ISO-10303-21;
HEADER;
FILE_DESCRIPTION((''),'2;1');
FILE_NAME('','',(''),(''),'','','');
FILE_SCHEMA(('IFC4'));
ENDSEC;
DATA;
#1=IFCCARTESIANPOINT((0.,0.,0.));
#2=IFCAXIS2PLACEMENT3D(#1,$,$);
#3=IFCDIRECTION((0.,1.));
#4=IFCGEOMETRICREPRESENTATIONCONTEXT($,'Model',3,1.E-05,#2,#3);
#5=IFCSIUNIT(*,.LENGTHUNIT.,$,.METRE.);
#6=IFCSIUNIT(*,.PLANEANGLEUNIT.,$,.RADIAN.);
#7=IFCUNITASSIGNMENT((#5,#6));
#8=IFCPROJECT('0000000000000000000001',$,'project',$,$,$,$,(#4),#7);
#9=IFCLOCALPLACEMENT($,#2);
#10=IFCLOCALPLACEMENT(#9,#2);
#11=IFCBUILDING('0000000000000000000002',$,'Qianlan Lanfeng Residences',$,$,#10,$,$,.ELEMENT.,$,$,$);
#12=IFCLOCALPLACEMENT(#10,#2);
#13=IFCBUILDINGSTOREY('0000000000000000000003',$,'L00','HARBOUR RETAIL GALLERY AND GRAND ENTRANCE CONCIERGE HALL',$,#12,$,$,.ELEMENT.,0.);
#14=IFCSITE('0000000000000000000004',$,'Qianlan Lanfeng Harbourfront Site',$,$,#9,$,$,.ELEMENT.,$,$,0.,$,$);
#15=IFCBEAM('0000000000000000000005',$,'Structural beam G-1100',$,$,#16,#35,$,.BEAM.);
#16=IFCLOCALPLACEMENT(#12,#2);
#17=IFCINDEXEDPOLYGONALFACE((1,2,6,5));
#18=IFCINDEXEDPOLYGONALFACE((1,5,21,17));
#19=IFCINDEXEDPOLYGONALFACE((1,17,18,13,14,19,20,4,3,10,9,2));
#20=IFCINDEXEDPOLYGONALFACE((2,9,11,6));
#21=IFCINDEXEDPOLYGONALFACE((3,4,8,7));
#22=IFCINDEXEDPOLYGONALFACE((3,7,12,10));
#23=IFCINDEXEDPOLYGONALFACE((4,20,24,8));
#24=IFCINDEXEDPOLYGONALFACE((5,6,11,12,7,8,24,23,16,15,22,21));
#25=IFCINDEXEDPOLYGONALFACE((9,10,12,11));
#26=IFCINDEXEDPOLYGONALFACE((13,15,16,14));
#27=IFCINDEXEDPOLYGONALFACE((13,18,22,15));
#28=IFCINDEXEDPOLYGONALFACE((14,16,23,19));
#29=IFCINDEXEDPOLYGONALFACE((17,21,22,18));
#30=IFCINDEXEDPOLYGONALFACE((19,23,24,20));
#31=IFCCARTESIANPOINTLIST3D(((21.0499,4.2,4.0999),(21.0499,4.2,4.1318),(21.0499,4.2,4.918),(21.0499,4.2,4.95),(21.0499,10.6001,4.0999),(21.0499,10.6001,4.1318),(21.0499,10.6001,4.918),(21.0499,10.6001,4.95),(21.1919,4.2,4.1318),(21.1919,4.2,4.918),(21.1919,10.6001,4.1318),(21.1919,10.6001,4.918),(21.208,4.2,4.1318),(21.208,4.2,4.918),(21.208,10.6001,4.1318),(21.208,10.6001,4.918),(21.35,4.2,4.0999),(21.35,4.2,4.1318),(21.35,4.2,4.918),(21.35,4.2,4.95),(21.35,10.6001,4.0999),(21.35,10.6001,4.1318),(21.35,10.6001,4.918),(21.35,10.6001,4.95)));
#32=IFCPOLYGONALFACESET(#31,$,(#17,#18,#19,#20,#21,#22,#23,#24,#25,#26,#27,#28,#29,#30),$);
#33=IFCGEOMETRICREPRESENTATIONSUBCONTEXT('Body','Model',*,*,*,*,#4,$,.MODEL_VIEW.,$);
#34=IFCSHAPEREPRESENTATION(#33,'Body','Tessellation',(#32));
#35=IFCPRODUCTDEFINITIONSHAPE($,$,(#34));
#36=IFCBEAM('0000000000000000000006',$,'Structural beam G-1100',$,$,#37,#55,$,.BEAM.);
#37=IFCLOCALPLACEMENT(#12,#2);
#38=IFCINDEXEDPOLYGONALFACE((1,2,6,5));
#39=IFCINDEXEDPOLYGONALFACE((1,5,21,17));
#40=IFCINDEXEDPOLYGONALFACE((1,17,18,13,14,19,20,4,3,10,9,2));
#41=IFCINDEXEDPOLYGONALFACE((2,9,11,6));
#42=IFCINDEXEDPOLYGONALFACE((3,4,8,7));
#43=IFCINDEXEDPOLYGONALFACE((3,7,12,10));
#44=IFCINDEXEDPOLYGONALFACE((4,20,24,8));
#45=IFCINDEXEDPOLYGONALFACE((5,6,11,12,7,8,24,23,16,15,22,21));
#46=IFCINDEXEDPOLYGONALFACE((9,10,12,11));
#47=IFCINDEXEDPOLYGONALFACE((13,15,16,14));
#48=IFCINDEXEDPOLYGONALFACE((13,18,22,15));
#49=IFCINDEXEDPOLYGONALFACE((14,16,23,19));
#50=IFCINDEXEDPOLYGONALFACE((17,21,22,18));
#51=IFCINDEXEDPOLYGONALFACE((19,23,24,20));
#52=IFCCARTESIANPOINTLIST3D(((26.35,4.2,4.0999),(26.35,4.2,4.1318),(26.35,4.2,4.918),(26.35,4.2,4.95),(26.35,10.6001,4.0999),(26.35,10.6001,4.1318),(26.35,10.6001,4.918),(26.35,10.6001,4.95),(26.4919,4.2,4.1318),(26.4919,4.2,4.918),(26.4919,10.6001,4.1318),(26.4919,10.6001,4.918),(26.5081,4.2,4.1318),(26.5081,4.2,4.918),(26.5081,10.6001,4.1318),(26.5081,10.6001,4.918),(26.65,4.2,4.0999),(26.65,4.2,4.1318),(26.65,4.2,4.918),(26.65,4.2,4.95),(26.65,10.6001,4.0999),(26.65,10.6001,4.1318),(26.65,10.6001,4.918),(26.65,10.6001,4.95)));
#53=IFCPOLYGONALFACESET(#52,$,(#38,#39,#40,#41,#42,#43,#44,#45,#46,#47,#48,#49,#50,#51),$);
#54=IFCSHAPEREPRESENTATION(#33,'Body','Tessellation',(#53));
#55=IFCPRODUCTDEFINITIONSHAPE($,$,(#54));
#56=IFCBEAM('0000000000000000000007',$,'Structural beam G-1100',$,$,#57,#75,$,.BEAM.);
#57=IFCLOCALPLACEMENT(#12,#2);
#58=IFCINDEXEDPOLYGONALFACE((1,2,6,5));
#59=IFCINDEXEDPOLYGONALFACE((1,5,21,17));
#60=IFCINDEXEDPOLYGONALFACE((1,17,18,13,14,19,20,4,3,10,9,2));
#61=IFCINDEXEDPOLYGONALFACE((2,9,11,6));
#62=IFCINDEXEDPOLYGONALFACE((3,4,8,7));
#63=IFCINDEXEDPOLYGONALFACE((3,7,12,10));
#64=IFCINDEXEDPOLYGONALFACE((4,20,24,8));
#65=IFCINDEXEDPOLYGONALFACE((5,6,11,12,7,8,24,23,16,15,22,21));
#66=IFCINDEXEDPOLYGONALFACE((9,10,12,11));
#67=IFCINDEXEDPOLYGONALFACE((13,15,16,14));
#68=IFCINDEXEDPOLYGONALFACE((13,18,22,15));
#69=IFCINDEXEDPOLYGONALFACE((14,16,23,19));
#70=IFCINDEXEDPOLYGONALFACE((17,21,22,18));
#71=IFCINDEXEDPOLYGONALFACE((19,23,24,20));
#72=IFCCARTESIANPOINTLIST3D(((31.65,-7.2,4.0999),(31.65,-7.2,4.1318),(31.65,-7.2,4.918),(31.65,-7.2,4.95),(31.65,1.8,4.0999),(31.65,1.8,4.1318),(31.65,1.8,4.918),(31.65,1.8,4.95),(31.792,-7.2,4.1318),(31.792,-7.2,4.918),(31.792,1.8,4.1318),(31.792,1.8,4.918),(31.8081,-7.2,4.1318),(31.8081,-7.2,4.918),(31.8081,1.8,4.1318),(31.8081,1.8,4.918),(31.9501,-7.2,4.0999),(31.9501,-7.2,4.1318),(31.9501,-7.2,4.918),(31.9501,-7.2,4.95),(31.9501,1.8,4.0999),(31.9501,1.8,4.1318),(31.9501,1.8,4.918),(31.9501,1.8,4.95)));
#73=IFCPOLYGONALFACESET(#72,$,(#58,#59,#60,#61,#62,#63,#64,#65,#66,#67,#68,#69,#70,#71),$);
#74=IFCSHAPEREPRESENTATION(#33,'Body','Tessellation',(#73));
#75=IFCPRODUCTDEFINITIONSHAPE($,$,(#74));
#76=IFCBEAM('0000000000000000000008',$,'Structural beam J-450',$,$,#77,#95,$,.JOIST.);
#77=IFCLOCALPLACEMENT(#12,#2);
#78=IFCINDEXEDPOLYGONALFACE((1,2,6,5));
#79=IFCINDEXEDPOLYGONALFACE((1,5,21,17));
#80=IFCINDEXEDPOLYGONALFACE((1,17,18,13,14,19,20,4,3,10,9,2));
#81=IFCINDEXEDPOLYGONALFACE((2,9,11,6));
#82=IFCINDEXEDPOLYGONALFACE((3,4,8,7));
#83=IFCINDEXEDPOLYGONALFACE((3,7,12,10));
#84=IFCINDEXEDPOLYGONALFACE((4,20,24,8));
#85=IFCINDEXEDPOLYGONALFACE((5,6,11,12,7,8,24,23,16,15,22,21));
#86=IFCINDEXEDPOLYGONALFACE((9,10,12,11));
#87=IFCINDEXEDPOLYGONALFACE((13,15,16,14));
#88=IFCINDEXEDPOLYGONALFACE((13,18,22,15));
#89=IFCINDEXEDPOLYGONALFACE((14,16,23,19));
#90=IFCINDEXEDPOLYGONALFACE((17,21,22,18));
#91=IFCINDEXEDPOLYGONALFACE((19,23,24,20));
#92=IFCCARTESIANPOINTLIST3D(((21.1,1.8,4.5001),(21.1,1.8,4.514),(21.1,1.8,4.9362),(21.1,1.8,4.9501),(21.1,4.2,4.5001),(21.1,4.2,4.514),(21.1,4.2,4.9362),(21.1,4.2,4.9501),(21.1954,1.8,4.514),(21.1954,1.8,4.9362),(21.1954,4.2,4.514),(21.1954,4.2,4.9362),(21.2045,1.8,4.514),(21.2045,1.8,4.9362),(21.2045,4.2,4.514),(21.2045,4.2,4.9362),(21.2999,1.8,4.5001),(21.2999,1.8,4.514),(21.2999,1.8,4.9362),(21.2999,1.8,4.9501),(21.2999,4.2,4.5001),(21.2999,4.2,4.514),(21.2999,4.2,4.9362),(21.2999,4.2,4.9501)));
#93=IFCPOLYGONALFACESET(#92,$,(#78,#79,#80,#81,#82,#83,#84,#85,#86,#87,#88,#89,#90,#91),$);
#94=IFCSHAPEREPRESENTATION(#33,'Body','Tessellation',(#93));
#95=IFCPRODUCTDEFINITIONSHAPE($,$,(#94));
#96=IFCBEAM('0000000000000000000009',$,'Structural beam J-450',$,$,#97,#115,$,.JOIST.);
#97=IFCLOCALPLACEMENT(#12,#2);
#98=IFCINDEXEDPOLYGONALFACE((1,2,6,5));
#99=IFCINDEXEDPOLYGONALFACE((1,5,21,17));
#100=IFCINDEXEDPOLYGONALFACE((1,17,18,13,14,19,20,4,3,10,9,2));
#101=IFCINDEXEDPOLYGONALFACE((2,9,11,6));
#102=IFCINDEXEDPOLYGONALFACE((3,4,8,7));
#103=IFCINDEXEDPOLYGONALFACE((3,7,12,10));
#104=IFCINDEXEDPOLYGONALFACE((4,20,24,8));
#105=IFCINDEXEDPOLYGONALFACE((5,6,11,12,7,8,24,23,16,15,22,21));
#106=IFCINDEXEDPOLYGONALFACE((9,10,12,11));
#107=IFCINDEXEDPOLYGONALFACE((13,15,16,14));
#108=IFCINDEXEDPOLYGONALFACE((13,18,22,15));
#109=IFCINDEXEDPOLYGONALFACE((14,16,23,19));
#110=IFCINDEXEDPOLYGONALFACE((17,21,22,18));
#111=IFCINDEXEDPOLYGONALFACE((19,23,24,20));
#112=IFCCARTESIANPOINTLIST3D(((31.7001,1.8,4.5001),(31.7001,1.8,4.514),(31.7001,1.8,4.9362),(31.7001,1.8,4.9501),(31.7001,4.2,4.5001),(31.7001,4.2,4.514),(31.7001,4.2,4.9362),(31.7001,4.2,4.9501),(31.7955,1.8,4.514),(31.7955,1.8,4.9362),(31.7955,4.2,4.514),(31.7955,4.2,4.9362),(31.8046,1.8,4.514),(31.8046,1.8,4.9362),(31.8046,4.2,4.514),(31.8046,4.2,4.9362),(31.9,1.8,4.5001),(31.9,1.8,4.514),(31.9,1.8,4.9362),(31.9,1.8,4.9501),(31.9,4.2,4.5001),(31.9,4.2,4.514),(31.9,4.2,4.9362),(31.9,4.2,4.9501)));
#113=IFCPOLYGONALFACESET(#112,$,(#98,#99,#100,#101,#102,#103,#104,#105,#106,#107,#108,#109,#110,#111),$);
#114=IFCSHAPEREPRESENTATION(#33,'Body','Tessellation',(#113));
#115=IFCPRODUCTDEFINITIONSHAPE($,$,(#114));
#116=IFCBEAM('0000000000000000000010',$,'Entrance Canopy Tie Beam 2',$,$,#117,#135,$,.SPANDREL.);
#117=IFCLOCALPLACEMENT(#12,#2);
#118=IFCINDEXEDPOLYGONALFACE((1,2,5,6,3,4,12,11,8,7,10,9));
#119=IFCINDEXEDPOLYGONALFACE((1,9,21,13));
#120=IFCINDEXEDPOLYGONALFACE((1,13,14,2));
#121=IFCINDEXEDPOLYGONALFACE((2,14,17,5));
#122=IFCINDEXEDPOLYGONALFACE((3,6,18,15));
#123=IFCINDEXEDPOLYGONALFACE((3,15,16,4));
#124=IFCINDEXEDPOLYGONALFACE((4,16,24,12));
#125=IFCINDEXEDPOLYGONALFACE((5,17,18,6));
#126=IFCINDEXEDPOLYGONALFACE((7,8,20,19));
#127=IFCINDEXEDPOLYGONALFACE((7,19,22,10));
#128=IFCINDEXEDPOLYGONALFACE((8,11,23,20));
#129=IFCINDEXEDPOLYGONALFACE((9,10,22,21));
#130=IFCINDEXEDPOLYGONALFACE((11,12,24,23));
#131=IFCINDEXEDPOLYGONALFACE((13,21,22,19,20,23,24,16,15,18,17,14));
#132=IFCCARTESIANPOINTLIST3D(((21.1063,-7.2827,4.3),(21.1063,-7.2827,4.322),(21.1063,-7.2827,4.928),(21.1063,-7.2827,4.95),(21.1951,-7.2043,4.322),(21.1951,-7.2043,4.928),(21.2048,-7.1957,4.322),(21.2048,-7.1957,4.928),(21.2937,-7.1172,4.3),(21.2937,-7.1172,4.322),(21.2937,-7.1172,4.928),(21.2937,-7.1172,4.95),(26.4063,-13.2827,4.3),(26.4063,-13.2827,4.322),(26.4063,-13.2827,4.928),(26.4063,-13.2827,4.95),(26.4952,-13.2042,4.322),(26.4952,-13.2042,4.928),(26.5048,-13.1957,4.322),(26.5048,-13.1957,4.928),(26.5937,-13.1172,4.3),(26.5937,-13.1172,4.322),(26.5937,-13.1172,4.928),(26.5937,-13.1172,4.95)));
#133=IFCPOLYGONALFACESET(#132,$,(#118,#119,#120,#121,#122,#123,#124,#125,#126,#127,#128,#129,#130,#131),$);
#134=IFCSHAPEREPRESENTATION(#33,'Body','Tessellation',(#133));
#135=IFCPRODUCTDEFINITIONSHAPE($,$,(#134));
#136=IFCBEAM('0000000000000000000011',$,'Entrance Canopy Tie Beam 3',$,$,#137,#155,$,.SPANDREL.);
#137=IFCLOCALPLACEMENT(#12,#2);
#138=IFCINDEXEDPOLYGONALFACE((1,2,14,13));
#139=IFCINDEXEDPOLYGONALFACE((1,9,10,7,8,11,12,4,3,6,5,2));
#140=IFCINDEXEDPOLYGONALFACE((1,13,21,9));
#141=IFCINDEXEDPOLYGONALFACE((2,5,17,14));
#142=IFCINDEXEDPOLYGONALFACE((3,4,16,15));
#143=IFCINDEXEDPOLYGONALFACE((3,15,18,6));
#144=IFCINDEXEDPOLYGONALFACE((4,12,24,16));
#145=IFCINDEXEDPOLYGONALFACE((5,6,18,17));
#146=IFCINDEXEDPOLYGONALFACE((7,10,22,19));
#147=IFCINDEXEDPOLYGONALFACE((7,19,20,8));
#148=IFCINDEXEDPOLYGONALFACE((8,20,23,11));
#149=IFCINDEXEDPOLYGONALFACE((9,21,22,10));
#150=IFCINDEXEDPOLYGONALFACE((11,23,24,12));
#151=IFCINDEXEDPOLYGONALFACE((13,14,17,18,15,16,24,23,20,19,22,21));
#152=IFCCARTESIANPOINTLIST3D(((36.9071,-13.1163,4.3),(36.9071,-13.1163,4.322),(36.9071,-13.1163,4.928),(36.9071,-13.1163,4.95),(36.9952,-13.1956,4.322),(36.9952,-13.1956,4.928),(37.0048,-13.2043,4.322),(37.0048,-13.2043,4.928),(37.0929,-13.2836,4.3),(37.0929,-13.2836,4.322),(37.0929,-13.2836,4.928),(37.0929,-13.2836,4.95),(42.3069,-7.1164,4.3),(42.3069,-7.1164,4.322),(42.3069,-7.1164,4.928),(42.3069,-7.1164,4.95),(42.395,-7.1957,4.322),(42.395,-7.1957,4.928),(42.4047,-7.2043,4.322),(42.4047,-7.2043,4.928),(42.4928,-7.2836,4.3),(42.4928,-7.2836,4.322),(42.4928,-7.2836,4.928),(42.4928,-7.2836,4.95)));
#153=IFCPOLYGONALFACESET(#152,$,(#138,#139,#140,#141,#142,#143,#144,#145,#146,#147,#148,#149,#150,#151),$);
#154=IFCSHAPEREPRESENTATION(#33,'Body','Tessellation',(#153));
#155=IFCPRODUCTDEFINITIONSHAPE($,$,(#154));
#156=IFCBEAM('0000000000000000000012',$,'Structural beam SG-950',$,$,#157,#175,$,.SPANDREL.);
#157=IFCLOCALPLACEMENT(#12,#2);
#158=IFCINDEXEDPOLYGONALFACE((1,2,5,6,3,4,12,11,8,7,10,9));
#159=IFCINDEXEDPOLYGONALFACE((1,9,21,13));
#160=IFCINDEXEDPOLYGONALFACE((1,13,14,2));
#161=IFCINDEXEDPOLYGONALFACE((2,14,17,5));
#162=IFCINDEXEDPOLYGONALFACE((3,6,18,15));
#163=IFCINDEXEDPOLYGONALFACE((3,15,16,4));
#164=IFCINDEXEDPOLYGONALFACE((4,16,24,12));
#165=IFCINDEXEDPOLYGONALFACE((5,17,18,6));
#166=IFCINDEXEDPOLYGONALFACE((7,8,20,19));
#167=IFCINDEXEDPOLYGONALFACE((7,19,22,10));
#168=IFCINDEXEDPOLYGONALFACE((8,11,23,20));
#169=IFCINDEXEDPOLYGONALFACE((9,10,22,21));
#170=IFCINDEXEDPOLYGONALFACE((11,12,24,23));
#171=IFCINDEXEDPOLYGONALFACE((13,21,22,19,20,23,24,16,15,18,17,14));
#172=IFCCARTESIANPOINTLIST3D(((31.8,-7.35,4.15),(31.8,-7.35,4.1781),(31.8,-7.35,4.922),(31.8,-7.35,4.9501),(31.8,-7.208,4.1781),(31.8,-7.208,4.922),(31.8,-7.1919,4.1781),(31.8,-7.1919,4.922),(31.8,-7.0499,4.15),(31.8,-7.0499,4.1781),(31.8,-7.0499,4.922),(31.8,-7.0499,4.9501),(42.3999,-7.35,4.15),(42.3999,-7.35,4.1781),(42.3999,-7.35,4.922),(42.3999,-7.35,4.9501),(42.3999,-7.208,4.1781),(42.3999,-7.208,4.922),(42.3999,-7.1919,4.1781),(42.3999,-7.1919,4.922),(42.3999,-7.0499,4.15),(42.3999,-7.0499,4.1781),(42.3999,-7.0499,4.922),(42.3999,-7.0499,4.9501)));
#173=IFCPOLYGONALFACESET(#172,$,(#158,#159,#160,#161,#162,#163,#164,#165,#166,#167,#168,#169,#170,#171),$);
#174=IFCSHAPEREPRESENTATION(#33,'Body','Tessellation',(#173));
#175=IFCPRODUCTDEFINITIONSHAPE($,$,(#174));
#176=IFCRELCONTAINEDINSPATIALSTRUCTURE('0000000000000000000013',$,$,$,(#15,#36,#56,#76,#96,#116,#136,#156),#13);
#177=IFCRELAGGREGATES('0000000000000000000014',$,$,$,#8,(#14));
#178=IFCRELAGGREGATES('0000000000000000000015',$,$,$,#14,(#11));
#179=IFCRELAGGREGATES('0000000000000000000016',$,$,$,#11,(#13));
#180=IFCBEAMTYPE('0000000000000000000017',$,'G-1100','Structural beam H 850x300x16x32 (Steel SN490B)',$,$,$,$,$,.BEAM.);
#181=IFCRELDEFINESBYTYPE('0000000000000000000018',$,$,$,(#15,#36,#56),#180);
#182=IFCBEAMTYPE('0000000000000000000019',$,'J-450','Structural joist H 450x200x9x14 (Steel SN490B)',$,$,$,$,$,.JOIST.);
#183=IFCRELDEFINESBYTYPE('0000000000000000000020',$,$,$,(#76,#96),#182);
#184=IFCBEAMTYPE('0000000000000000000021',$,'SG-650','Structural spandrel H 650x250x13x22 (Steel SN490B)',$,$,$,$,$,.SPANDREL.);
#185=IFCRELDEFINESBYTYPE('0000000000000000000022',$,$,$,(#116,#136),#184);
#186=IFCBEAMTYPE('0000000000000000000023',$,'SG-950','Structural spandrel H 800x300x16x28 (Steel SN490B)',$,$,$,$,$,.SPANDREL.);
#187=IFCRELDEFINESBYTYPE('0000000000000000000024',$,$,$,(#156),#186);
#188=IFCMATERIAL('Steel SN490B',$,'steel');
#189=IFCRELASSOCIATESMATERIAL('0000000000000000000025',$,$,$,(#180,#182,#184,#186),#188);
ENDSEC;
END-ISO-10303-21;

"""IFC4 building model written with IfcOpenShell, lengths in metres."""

from ifc_helpers import new_model, si_unit, direction, frame, origin, origin_2d, place, context, subcontext, project, spatial, i_section, extrude, material, material_profile, profile_set, type_object, element, save


model = new_model("IFC4")

# Units and contexts
model_context = context("Model", 3, precision=1e-05, world=origin(), true_north=direction((0.0, 1.0)))
body_context = subcontext(model_context, "Body", "Model", "MODEL_VIEW")
ifc_project = project(units=[si_unit("LENGTHUNIT", "METRE"), si_unit("PLANEANGLEUNIT", "RADIAN")], contexts=[model_context])

# Site, building, storey
site_placement = place(None, origin())
site = spatial("IfcSite", under=ifc_project, at=site_placement, Name="Qianlan Lanfeng Harbourfront Site", CompositionType="ELEMENT", RefElevation=0.0)
building_placement = place(site_placement, origin())
building = spatial("IfcBuilding", under=site, at=building_placement, Name="Qianlan Lanfeng Residences", CompositionType="ELEMENT")
storey_placement = place(building_placement, origin())
storey = spatial("IfcBuildingStorey", under=building, at=storey_placement, Name="L00", Description="HARBOUR RETAIL GALLERY AND GRAND ENTRANCE CONCIERGE HALL", CompositionType="ELEMENT", Elevation=0.0)

# Shared definitions
ifc_material_1 = material(Name="Steel SN490B", Category="steel")

# Beams
ifc_material_profile_1 = material_profile(ifc_material_1, i_section(OverallWidth=0.3, OverallDepth=0.8501, WebThickness=0.0161, FlangeThickness=0.032, at=origin_2d()), Name="H 850x300x16x32")
ifc_profile_set_1 = profile_set([ifc_material_profile_1], Name="Steel SN490B")
beam_type_1 = type_object("IfcBeamType", Name="G-1100", Description="Structural beam H 850x300x16x32 (Steel SN490B)", PredefinedType="BEAM", material=ifc_profile_set_1)
for number, where, z_axis, x_axis, name in (
    (1, (21.2, 4.2, 4.5249), (0.0, 1.0, 0.0), (-1.0, 0.0, 0.0), "Structural beam G-1100"),
    (2, (26.5, 4.2, 4.5249), (0.0, 1.0, 0.0), (-1.0, 0.0, 0.0), "Structural beam G-1100"),
):
    element("IfcBeam", number, at=place(storey_placement, frame(where, z_axis=z_axis, x_axis=x_axis)), inside=storey, type_object=beam_type_1, Name=name, PredefinedType="BEAM", context=body_context, shape_type="SweptSolid", body=[
        extrude(i_section(OverallWidth=0.3, OverallDepth=0.8501, WebThickness=0.0161, FlangeThickness=0.032, at=origin_2d()), origin(), (0.0, 0.0, 1.0), 6.4001),
    ])
beam_1_placement = place(storey_placement, frame((31.8, -7.2, 4.5249), z_axis=(0.0, 1.0, 0.0), x_axis=(-1.0, 0.0, 0.0)))
element("IfcBeam", 3, at=beam_1_placement, inside=storey, type_object=beam_type_1, Name="Structural beam G-1100", PredefinedType="BEAM", context=body_context, shape_type="SweptSolid", body=[
    extrude(i_section(OverallWidth=0.3, OverallDepth=0.8501, WebThickness=0.0161, FlangeThickness=0.032, at=origin_2d()), origin(), (0.0, 0.0, 1.0), 9.0),
])
ifc_material_profile_2 = material_profile(ifc_material_1, i_section(OverallWidth=0.2, OverallDepth=0.45, WebThickness=0.009, FlangeThickness=0.0139, at=origin_2d()), Name="H 450x200x9x14")
ifc_profile_set_2 = profile_set([ifc_material_profile_2], Name="Steel SN490B")
beam_type_2 = type_object("IfcBeamType", Name="J-450", Description="Structural joist H 450x200x9x14 (Steel SN490B)", PredefinedType="JOIST", material=ifc_profile_set_2)
for number, where, z_axis, x_axis, name in (
    (4, (21.2, 1.8, 4.7251), (0.0, 1.0, 0.0), (-1.0, 0.0, 0.0), "Structural beam J-450"),
    (5, (31.8, 1.8, 4.7251), (0.0, 1.0, 0.0), (-1.0, 0.0, 0.0), "Structural beam J-450"),
):
    element("IfcBeam", number, at=place(storey_placement, frame(where, z_axis=z_axis, x_axis=x_axis)), inside=storey, type_object=beam_type_2, Name=name, PredefinedType="JOIST", context=body_context, shape_type="SweptSolid", body=[
        extrude(i_section(OverallWidth=0.2, OverallDepth=0.45, WebThickness=0.009, FlangeThickness=0.0139, at=origin_2d()), origin(), (0.0, 0.0, 1.0), 2.3999),
    ])
ifc_material_profile_3 = material_profile(ifc_material_1, i_section(OverallWidth=0.25, OverallDepth=0.6499, WebThickness=0.0129, FlangeThickness=0.022, at=origin_2d()), Name="H 650x250x13x22")
ifc_profile_set_3 = profile_set([ifc_material_profile_3], Name="Steel SN490B")
beam_type_3 = type_object("IfcBeamType", Name="SG-650", Description="Structural spandrel H 650x250x13x22 (Steel SN490B)", PredefinedType="SPANDREL", material=ifc_profile_set_3)
beam_2_placement = place(storey_placement, frame((26.5, -13.2, 4.625), z_axis=(-0.662038, 0.74947, 0.0), x_axis=(-0.74947, -0.662038, 0.0)))
element("IfcBeam", 6, at=beam_2_placement, inside=storey, type_object=beam_type_3, Name="Entrance Canopy Tie Beam 2", PredefinedType="SPANDREL", context=body_context, shape_type="SweptSolid", body=[
    extrude(i_section(OverallWidth=0.25, OverallDepth=0.6499, WebThickness=0.0129, FlangeThickness=0.022, at=origin_2d()), origin(), (0.0, 0.0, 1.0), 8.0056),
])
beam_3_placement = place(storey_placement, frame((37.0, -13.2, 4.625), z_axis=(0.668958, 0.7433, 0.0), x_axis=(-0.7433, 0.668958, 0.0)))
element("IfcBeam", 7, at=beam_3_placement, inside=storey, type_object=beam_type_3, Name="Entrance Canopy Tie Beam 3", PredefinedType="SPANDREL", context=body_context, shape_type="SweptSolid", body=[
    extrude(i_section(OverallWidth=0.25, OverallDepth=0.6499, WebThickness=0.0129, FlangeThickness=0.022, at=origin_2d()), origin(), (0.0, 0.0, 1.0), 8.072),
])
ifc_material_profile_4 = material_profile(ifc_material_1, i_section(OverallWidth=0.3, OverallDepth=0.8, WebThickness=0.0161, FlangeThickness=0.0281, at=origin_2d()), Name="H 800x300x16x28")
ifc_profile_set_4 = profile_set([ifc_material_profile_4], Name="Steel SN490B")
beam_type_4 = type_object("IfcBeamType", Name="SG-950", Description="Structural spandrel H 800x300x16x28 (Steel SN490B)", PredefinedType="SPANDREL", material=ifc_profile_set_4)
beam_4_placement = place(storey_placement, frame((31.8, -7.2, 4.55), z_axis=(1.0, 0.0, 0.0), x_axis=(0.0, 1.0, 0.0)))
element("IfcBeam", 8, at=beam_4_placement, inside=storey, type_object=beam_type_4, Name="Structural beam SG-950", PredefinedType="SPANDREL", context=body_context, shape_type="SweptSolid", body=[
    extrude(i_section(OverallWidth=0.3, OverallDepth=0.8, WebThickness=0.0161, FlangeThickness=0.0281, at=origin_2d()), origin(), (0.0, 0.0, 1.0), 10.5999),
])

save(model, "model.ifc")
